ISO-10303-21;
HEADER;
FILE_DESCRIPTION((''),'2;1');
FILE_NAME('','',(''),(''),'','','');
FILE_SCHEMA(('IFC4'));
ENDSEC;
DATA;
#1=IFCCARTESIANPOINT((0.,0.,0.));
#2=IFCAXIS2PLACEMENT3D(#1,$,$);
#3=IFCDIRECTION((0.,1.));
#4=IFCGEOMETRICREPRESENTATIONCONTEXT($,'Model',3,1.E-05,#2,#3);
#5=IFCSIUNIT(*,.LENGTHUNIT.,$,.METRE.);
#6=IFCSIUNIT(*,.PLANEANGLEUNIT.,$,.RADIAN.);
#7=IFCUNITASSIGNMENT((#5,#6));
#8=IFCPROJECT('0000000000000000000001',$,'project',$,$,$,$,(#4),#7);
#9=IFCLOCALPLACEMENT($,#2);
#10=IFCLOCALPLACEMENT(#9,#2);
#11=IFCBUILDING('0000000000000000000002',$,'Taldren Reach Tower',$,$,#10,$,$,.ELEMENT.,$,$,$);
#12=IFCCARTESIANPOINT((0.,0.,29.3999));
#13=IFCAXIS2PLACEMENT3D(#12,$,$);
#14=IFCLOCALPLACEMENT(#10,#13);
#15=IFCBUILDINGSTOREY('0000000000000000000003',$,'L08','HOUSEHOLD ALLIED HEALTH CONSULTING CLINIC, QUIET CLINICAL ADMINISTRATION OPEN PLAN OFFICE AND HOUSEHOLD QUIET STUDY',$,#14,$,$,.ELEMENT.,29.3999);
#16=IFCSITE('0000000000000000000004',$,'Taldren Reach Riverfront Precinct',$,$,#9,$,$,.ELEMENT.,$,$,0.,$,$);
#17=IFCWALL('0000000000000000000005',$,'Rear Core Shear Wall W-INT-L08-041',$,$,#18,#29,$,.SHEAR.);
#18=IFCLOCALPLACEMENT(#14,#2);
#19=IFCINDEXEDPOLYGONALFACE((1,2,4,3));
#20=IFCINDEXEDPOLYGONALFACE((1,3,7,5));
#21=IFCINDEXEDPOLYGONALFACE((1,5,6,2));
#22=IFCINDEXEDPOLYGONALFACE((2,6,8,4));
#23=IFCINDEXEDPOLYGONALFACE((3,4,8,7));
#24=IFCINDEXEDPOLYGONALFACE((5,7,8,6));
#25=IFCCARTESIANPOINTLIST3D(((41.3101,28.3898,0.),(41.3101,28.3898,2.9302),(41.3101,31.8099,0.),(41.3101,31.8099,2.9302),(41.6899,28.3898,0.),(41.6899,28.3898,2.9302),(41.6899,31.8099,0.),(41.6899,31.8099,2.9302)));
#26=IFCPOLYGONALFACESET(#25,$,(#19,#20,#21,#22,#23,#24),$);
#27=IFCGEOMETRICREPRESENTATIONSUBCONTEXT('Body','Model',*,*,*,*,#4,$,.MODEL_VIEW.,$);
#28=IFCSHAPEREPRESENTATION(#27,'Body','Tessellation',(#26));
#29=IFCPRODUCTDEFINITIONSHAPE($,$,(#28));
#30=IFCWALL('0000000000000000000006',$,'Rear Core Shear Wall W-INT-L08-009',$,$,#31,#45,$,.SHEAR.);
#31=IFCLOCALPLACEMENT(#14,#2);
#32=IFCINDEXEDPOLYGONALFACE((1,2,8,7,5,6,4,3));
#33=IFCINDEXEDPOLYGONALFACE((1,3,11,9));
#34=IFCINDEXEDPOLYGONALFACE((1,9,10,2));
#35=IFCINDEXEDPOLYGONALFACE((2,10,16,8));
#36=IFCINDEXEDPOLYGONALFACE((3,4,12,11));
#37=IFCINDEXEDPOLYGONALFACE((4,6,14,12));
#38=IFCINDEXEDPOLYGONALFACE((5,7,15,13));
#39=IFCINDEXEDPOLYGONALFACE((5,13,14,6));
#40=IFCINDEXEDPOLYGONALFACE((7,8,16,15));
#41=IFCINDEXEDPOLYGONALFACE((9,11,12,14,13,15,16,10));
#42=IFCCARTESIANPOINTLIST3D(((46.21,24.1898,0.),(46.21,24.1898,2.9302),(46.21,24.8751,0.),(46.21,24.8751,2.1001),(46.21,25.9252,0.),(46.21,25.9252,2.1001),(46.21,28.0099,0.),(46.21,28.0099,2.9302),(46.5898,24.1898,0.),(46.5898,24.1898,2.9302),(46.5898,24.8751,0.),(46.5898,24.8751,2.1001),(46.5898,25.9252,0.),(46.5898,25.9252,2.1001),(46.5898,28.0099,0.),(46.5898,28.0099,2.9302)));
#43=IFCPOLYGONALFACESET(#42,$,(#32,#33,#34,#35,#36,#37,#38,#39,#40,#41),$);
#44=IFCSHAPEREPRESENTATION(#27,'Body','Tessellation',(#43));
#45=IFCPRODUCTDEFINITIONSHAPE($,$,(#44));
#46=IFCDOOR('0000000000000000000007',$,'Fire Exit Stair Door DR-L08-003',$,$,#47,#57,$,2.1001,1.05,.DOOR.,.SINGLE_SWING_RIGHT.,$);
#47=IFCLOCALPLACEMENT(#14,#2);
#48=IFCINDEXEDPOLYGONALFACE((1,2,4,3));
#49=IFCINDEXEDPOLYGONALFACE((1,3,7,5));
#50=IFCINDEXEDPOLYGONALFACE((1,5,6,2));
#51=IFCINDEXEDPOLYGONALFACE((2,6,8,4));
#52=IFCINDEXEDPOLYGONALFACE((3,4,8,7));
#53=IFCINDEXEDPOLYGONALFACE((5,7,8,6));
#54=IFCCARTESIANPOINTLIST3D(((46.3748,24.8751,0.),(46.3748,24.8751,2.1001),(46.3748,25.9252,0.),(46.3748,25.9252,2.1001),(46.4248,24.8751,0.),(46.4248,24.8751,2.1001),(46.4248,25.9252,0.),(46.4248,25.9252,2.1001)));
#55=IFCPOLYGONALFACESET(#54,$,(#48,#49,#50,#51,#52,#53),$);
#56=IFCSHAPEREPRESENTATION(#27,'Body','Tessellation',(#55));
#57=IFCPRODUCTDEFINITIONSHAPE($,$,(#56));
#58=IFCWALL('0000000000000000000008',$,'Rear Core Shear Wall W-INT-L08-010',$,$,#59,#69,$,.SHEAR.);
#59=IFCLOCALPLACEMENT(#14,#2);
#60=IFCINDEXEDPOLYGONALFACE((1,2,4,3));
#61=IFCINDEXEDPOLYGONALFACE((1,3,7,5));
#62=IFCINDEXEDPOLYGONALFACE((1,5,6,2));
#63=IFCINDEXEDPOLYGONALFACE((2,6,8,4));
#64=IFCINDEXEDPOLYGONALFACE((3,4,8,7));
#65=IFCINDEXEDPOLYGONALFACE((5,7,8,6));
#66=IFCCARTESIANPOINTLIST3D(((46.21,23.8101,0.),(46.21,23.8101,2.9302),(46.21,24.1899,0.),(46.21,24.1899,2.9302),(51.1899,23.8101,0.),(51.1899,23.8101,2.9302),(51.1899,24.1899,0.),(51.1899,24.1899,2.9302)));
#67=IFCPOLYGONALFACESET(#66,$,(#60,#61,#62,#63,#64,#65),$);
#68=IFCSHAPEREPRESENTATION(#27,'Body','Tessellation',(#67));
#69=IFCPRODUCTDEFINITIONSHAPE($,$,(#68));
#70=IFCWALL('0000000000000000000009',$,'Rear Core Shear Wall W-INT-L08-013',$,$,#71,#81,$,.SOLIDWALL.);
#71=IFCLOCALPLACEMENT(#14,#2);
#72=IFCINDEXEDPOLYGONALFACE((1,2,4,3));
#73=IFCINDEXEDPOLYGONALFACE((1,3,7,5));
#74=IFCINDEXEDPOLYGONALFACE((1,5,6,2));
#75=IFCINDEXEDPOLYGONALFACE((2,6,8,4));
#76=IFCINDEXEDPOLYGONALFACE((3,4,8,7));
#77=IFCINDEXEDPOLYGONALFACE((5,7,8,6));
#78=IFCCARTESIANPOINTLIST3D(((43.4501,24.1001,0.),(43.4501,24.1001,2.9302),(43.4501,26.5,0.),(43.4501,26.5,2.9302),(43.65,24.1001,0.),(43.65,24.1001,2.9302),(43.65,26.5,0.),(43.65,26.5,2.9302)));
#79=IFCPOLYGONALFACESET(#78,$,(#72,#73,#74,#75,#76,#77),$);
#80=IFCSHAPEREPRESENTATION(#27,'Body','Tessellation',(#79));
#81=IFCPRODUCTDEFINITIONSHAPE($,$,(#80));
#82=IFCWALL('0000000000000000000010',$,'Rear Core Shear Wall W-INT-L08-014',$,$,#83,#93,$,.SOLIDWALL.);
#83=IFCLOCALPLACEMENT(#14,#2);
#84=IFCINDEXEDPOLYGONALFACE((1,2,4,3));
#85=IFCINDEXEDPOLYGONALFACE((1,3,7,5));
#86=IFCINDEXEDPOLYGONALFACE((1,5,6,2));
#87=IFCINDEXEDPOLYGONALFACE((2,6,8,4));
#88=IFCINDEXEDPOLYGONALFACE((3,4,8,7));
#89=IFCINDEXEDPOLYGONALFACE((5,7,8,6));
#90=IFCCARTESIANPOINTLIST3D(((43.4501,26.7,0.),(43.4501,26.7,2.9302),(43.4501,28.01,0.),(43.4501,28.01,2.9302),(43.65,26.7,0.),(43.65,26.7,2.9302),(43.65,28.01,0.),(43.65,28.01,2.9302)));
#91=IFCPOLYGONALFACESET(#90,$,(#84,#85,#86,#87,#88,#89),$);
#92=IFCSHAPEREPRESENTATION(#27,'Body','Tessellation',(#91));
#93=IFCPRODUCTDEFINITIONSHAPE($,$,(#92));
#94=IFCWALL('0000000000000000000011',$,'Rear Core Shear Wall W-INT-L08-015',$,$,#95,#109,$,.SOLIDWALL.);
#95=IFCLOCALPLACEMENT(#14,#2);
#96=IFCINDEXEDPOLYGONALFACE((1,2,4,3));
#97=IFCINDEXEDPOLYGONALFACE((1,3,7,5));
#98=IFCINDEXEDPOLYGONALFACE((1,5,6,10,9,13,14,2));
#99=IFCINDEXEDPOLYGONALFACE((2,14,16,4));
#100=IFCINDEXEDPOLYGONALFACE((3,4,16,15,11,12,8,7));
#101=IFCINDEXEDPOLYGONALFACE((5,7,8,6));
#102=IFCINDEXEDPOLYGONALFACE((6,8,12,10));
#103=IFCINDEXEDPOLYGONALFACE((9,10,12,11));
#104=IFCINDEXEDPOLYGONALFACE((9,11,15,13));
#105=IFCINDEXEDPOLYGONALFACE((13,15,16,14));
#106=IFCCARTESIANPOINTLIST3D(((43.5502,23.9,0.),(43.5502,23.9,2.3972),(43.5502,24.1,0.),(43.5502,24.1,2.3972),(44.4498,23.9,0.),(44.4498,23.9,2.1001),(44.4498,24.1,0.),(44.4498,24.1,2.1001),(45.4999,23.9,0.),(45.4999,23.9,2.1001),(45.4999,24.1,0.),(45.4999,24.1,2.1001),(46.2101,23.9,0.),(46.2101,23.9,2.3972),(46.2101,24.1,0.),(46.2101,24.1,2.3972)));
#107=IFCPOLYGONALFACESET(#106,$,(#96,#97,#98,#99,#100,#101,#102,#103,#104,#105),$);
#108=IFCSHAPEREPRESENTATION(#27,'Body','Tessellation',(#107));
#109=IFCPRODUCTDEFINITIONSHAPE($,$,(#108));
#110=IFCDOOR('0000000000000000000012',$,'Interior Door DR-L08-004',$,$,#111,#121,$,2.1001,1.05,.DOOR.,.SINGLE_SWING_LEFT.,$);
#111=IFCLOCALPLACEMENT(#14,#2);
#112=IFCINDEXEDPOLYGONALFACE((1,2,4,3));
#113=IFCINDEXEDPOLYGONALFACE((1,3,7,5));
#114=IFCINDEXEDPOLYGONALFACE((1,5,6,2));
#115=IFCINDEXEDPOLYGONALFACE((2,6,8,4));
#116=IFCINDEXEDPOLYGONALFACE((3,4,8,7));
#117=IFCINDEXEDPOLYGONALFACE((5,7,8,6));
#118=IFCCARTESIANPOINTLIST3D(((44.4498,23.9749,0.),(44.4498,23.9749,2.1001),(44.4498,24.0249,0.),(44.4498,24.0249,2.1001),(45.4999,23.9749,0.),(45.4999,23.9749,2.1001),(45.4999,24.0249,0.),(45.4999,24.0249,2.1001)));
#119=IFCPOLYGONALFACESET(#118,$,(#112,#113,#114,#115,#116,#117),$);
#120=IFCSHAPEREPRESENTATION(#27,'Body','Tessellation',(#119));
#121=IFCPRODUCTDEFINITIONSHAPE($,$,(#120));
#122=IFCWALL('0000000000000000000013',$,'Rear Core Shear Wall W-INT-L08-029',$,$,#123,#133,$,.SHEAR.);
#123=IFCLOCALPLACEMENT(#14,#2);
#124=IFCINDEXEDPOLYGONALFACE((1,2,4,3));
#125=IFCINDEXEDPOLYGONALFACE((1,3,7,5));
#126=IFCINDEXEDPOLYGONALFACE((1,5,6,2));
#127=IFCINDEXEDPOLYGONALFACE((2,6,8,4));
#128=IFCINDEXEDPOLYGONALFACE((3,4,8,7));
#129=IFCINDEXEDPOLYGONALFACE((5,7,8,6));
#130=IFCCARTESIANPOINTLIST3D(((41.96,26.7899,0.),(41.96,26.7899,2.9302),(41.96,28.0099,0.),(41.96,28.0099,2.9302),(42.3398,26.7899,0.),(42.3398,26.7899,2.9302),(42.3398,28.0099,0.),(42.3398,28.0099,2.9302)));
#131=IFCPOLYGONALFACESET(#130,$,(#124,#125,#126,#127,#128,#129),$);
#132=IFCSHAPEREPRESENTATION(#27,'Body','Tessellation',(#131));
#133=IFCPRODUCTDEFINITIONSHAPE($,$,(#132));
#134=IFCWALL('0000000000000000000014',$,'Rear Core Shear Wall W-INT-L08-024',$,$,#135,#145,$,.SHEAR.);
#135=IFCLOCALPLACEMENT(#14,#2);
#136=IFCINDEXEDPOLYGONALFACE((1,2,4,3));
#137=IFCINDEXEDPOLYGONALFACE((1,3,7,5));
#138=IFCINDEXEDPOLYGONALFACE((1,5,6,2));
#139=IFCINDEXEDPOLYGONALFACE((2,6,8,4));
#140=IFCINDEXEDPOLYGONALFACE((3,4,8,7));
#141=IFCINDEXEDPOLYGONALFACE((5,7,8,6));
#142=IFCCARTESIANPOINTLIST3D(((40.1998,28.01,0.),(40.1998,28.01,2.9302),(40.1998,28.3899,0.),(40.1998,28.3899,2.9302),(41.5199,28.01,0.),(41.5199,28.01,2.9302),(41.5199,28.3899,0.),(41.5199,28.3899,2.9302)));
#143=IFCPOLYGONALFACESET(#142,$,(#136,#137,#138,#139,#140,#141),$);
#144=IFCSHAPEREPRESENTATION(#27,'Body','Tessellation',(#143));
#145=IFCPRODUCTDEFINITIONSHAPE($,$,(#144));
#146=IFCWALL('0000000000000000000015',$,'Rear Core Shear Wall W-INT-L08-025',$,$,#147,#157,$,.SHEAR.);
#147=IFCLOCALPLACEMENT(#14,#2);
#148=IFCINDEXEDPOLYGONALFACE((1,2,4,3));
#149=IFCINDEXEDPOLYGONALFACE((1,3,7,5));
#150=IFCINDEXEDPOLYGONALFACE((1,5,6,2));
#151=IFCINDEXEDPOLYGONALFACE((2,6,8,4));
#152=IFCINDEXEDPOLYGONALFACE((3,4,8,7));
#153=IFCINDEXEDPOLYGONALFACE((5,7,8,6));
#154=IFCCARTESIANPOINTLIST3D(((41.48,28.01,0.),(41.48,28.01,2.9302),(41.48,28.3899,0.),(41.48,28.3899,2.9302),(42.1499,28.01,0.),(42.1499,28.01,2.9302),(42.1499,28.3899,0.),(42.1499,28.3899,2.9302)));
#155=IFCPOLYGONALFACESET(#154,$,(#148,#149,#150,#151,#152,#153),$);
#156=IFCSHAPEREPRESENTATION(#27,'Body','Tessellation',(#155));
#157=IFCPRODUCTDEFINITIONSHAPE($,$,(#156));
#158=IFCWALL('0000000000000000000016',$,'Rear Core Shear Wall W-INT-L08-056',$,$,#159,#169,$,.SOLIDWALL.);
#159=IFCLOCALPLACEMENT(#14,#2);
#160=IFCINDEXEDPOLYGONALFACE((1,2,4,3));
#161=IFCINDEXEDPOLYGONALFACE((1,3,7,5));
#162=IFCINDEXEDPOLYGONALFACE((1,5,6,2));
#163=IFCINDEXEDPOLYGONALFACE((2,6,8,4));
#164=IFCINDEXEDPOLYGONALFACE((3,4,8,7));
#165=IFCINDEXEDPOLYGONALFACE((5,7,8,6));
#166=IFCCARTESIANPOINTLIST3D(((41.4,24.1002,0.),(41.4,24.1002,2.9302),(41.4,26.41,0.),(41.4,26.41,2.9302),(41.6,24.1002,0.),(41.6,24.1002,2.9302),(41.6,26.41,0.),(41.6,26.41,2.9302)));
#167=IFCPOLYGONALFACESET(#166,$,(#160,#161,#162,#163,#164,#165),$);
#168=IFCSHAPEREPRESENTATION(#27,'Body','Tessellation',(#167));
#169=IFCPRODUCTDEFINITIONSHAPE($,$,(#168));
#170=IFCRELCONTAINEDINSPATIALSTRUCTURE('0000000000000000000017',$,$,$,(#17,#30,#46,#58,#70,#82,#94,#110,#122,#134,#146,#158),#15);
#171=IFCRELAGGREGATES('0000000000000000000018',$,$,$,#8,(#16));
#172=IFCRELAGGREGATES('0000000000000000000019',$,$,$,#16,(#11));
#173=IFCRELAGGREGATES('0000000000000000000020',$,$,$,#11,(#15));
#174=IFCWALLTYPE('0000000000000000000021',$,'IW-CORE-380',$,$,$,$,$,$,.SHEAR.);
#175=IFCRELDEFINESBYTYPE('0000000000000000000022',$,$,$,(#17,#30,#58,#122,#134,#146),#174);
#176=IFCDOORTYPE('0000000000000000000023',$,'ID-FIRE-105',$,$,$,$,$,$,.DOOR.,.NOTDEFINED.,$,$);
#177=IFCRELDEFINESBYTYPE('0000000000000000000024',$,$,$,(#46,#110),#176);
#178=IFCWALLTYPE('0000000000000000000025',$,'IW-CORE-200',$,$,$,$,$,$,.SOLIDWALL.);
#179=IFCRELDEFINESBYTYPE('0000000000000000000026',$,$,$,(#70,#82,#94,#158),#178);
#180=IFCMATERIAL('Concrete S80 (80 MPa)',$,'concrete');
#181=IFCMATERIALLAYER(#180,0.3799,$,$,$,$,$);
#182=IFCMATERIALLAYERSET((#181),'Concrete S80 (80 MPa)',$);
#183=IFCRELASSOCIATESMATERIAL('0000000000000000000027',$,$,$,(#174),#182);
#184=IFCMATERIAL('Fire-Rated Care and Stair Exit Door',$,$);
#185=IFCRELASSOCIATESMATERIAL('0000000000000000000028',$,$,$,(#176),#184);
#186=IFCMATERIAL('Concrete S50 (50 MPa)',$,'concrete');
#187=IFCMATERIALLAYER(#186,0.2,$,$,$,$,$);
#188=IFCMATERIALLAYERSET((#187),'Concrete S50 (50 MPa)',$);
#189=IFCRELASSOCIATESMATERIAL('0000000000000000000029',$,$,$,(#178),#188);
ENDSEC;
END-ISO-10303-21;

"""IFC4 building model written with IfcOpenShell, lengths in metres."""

from ifc_helpers import new_model, si_unit, direction, frame, frame_2d, origin, place, context, subcontext, project, spatial, rectangle, extrude, source, transform, mapped, material, layer, layer_set, type_object, element, fill, save


model = new_model("IFC4")

# Units and contexts
model_context = context("Model", 3, precision=1e-05, world=origin(), true_north=direction((0.0, 1.0)))
body_context = subcontext(model_context, "Body", "Model", "MODEL_VIEW")
ifc_project = project(units=[si_unit("LENGTHUNIT", "METRE"), si_unit("PLANEANGLEUNIT", "RADIAN")], contexts=[model_context])

# Site, building, storey
site_placement = place(None, origin())
site = spatial("IfcSite", under=ifc_project, at=site_placement, Name="Taldren Reach Riverfront Precinct", CompositionType="ELEMENT", RefElevation=0.0)
building_placement = place(site_placement, origin())
building = spatial("IfcBuilding", under=site, at=building_placement, Name="Taldren Reach Tower", CompositionType="ELEMENT")
storey_placement = place(building_placement, frame((0.0, 0.0, 29.3999)))
storey = spatial("IfcBuildingStorey", under=building, at=storey_placement, Name="L08", Description="HOUSEHOLD ALLIED HEALTH CONSULTING CLINIC, QUIET CLINICAL ADMINISTRATION OPEN PLAN OFFICE AND HOUSEHOLD QUIET STUDY", CompositionType="ELEMENT", Elevation=29.3999)

# Wall
ifc_material_1 = material(Name="Concrete S80 (80 MPa)", Category="concrete")
ifc_layer_1 = layer(ifc_material_1, 0.3799)
ifc_layer_set_1 = layer_set([ifc_layer_1], Name="Concrete S80 (80 MPa)")
wall_type_1 = type_object("IfcWallType", Name="IW-CORE-380", PredefinedType="SHEAR", material=ifc_layer_set_1)
shared_shape_1 = source(origin(), body_context, "Body", "SweptSolid", [
    extrude(rectangle(XDim=3.4202, YDim=0.3799, at=frame_2d((1.71, 0.0))), origin(), (0.0, 0.0, 1.0), 2.9302),
])
wall_1_placement = place(storey_placement, frame((41.5, 28.3899, 0.0), z_axis=(0.0, 0.0, 1.0), x_axis=(0.0, 1.0, 0.0)))
element("IfcWall", 1, at=wall_1_placement, inside=storey, type_object=wall_type_1, Name="Rear Core Shear Wall W-INT-L08-041", PredefinedType="SHEAR", context=body_context, shape_type="MappedRepresentation", body=[
    mapped(shared_shape_1, transform((0.0, 0.0, 0.0), scale=1.0)),
])

# Wall, opening, door
shared_shape_2 = source(origin(), body_context, "Body", "SweptSolid", [
    extrude(rectangle(XDim=3.8201, YDim=0.3799, at=frame_2d((1.9102, 0.0))), origin(), (0.0, 0.0, 1.0), 2.9302),
])
wall_2_placement = place(storey_placement, frame((46.3999, 28.01, 0.0), z_axis=(0.0, 0.0, 1.0), x_axis=(0.0, -1.0, 0.0)))
wall_2 = element("IfcWall", 2, at=wall_2_placement, inside=storey, type_object=wall_type_1, Name="Rear Core Shear Wall W-INT-L08-009", PredefinedType="SHEAR", context=body_context, shape_type="MappedRepresentation", body=[
    mapped(shared_shape_2, transform((0.0, 0.0, 0.0), scale=1.0)),
])
shared_shape_3 = source(origin(), body_context, "Body", "SweptSolid", [
    extrude(rectangle(XDim=1.05, YDim=2.1001, at=frame_2d((0.5249, 1.05))), frame((0.0, 0.2, 0.0), z_axis=(0.0, -1.0, 0.0), x_axis=(1.0, 0.0, 0.0)), (0.0, 0.0, 1.0), 0.3999),
])
opening_1_placement = place(wall_2_placement, frame((2.085, 0.0, 0.0)))
opening_1 = element("IfcOpeningElement", 3, at=opening_1_placement, cuts=wall_2, PredefinedType="OPENING", context=body_context, shape_type="MappedRepresentation", body=[
    mapped(shared_shape_3, transform((0.0, 0.0, 0.0), scale=1.0)),
])
ifc_material_2 = material(Name="Fire-Rated Care and Stair Exit Door")
door_type_1 = type_object("IfcDoorType", Name="ID-FIRE-105", OperationType="NOTDEFINED", PredefinedType="DOOR", material=ifc_material_2)
shared_shape_4 = source(origin(), body_context, "Body", "SweptSolid", [
    extrude(rectangle(XDim=1.05, YDim=2.1001, at=frame_2d((0.5249, 1.05))), frame((0.0, 0.0249, 0.0), z_axis=(0.0, -1.0, 0.0), x_axis=(1.0, 0.0, 0.0)), (0.0, 0.0, 1.0), 0.05),
])
door_1_placement = place(opening_1_placement, origin())
door_1 = element("IfcDoor", 4, at=door_1_placement, inside=storey, type_object=door_type_1, Name="Fire Exit Stair Door DR-L08-003", OperationType="SINGLE_SWING_RIGHT", OverallHeight=2.1001, OverallWidth=1.05, PredefinedType="DOOR", context=body_context, shape_type="MappedRepresentation", body=[
    mapped(shared_shape_4, transform((0.0, 0.0, 0.0), scale=1.0)),
])
fill(opening_1, door_1)

# Wall
shared_shape_5 = source(origin(), body_context, "Body", "SweptSolid", [
    extrude(rectangle(XDim=4.98, YDim=0.3799, at=frame_2d((2.49, 0.0))), origin(), (0.0, 0.0, 1.0), 2.9302),
])
wall_3_placement = place(storey_placement, frame((46.21, 24.0, 0.0), z_axis=(0.0, 0.0, 1.0), x_axis=(1.0, 0.0, 0.0)))
element("IfcWall", 5, at=wall_3_placement, inside=storey, type_object=wall_type_1, Name="Rear Core Shear Wall W-INT-L08-010", PredefinedType="SHEAR", context=body_context, shape_type="MappedRepresentation", body=[
    mapped(shared_shape_5, transform((0.0, 0.0, 0.0), scale=1.0)),
])

# Walls
ifc_material_3 = material(Name="Concrete S50 (50 MPa)", Category="concrete")
ifc_layer_2 = layer(ifc_material_3, 0.2)
ifc_layer_set_2 = layer_set([ifc_layer_2], Name="Concrete S50 (50 MPa)")
wall_type_2 = type_object("IfcWallType", Name="IW-CORE-200", PredefinedType="SOLIDWALL", material=ifc_layer_set_2)
shared_shape_6 = source(origin(), body_context, "Body", "SweptSolid", [
    extrude(rectangle(XDim=2.3999, YDim=0.2, at=frame_2d((1.2, 0.0))), origin(), (0.0, 0.0, 1.0), 2.9302),
])
wall_4_placement = place(storey_placement, frame((43.55, 26.5, 0.0), z_axis=(0.0, 0.0, 1.0), x_axis=(0.0, -1.0, 0.0)))
element("IfcWall", 6, at=wall_4_placement, inside=storey, type_object=wall_type_2, Name="Rear Core Shear Wall W-INT-L08-013", PredefinedType="SOLIDWALL", context=body_context, shape_type="MappedRepresentation", body=[
    mapped(shared_shape_6, transform((0.0, 0.0, 0.0), scale=1.0)),
])
shared_shape_7 = source(origin(), body_context, "Body", "SweptSolid", [
    extrude(rectangle(XDim=1.3101, YDim=0.2, at=frame_2d((0.655, 0.0))), origin(), (0.0, 0.0, 1.0), 2.9302),
])
wall_5_placement = place(storey_placement, frame((43.55, 28.01, 0.0), z_axis=(0.0, 0.0, 1.0), x_axis=(0.0, -1.0, 0.0)))
element("IfcWall", 7, at=wall_5_placement, inside=storey, type_object=wall_type_2, Name="Rear Core Shear Wall W-INT-L08-014", PredefinedType="SOLIDWALL", context=body_context, shape_type="MappedRepresentation", body=[
    mapped(shared_shape_7, transform((0.0, 0.0, 0.0), scale=1.0)),
])

# Wall, opening, door
shared_shape_8 = source(origin(), body_context, "Body", "SweptSolid", [
    extrude(rectangle(XDim=2.6599, YDim=0.2, at=frame_2d((1.3301, 0.0))), origin(), (0.0, 0.0, 1.0), 2.3972),
])
wall_6_placement = place(storey_placement, frame((43.55, 24.0, 0.0), z_axis=(0.0, 0.0, 1.0), x_axis=(1.0, 0.0, 0.0)))
wall_6 = element("IfcWall", 8, at=wall_6_placement, inside=storey, type_object=wall_type_2, Name="Rear Core Shear Wall W-INT-L08-015", PredefinedType="SOLIDWALL", context=body_context, shape_type="MappedRepresentation", body=[
    mapped(shared_shape_8, transform((0.0, 0.0, 0.0), scale=1.0)),
])
shared_shape_9 = source(origin(), body_context, "Body", "SweptSolid", [
    extrude(rectangle(XDim=1.05, YDim=2.1001, at=frame_2d((0.5249, 1.05))), frame((0.0, 0.1099, 0.0), z_axis=(0.0, -1.0, 0.0), x_axis=(1.0, 0.0, 0.0)), (0.0, 0.0, 1.0), 0.22),
])
opening_2_placement = place(wall_6_placement, frame((0.8999, 0.0, 0.0)))
opening_2 = element("IfcOpeningElement", 9, at=opening_2_placement, cuts=wall_6, PredefinedType="OPENING", context=body_context, shape_type="MappedRepresentation", body=[
    mapped(shared_shape_9, transform((0.0, 0.0, 0.0), scale=1.0)),
])
door_2_placement = place(opening_2_placement, origin())
door_2 = element("IfcDoor", 10, at=door_2_placement, inside=storey, type_object=door_type_1, Name="Interior Door DR-L08-004", OperationType="SINGLE_SWING_LEFT", OverallHeight=2.1001, OverallWidth=1.05, PredefinedType="DOOR", context=body_context, shape_type="MappedRepresentation", body=[
    mapped(shared_shape_4, transform((0.0, 0.0, 0.0), scale=1.0)),
])
fill(opening_2, door_2)

# Walls
shared_shape_10 = source(origin(), body_context, "Body", "SweptSolid", [
    extrude(rectangle(XDim=1.22, YDim=0.3799, at=frame_2d((0.6099, 0.0))), origin(), (0.0, 0.0, 1.0), 2.9302),
])
wall_7_placement = place(storey_placement, frame((42.1499, 26.79, 0.0), z_axis=(0.0, 0.0, 1.0), x_axis=(0.0, 1.0, 0.0)))
element("IfcWall", 11, at=wall_7_placement, inside=storey, type_object=wall_type_1, Name="Rear Core Shear Wall W-INT-L08-029", PredefinedType="SHEAR", context=body_context, shape_type="MappedRepresentation", body=[
    mapped(shared_shape_10, transform((0.0, 0.0, 0.0), scale=1.0)),
])
shared_shape_11 = source(origin(), body_context, "Body", "SweptSolid", [
    extrude(rectangle(XDim=1.3201, YDim=0.3799, at=frame_2d((0.6602, 0.0))), origin(), (0.0, 0.0, 1.0), 2.9302),
])
wall_8_placement = place(storey_placement, frame((41.52, 28.2, 0.0), z_axis=(0.0, 0.0, 1.0), x_axis=(-1.0, 0.0, 0.0)))
element("IfcWall", 12, at=wall_8_placement, inside=storey, type_object=wall_type_1, Name="Rear Core Shear Wall W-INT-L08-024", PredefinedType="SHEAR", context=body_context, shape_type="MappedRepresentation", body=[
    mapped(shared_shape_11, transform((0.0, 0.0, 0.0), scale=1.0)),
])
shared_shape_12 = source(origin(), body_context, "Body", "SweptSolid", [
    extrude(rectangle(XDim=0.6699, YDim=0.3799, at=frame_2d((0.335, 0.0))), origin(), (0.0, 0.0, 1.0), 2.9302),
])
wall_9_placement = place(storey_placement, frame((42.1499, 28.2, 0.0), z_axis=(0.0, 0.0, 1.0), x_axis=(-1.0, 0.0, 0.0)))
element("IfcWall", 13, at=wall_9_placement, inside=storey, type_object=wall_type_1, Name="Rear Core Shear Wall W-INT-L08-025", PredefinedType="SHEAR", context=body_context, shape_type="MappedRepresentation", body=[
    mapped(shared_shape_12, transform((0.0, 0.0, 0.0), scale=1.0)),
])
shared_shape_13 = source(origin(), body_context, "Body", "SweptSolid", [
    extrude(rectangle(XDim=2.3098, YDim=0.2, at=frame_2d((1.1548, 0.0))), origin(), (0.0, 0.0, 1.0), 2.9302),
])
wall_10_placement = place(storey_placement, frame((41.5, 26.4099, 0.0), z_axis=(0.0, 0.0, 1.0), x_axis=(0.0, -1.0, 0.0)))
element("IfcWall", 14, at=wall_10_placement, inside=storey, type_object=wall_type_2, Name="Rear Core Shear Wall W-INT-L08-056", PredefinedType="SOLIDWALL", context=body_context, shape_type="MappedRepresentation", body=[
    mapped(shared_shape_13, transform((0.0, 0.0, 0.0), scale=1.0)),
])

save(model, "model.ifc")
